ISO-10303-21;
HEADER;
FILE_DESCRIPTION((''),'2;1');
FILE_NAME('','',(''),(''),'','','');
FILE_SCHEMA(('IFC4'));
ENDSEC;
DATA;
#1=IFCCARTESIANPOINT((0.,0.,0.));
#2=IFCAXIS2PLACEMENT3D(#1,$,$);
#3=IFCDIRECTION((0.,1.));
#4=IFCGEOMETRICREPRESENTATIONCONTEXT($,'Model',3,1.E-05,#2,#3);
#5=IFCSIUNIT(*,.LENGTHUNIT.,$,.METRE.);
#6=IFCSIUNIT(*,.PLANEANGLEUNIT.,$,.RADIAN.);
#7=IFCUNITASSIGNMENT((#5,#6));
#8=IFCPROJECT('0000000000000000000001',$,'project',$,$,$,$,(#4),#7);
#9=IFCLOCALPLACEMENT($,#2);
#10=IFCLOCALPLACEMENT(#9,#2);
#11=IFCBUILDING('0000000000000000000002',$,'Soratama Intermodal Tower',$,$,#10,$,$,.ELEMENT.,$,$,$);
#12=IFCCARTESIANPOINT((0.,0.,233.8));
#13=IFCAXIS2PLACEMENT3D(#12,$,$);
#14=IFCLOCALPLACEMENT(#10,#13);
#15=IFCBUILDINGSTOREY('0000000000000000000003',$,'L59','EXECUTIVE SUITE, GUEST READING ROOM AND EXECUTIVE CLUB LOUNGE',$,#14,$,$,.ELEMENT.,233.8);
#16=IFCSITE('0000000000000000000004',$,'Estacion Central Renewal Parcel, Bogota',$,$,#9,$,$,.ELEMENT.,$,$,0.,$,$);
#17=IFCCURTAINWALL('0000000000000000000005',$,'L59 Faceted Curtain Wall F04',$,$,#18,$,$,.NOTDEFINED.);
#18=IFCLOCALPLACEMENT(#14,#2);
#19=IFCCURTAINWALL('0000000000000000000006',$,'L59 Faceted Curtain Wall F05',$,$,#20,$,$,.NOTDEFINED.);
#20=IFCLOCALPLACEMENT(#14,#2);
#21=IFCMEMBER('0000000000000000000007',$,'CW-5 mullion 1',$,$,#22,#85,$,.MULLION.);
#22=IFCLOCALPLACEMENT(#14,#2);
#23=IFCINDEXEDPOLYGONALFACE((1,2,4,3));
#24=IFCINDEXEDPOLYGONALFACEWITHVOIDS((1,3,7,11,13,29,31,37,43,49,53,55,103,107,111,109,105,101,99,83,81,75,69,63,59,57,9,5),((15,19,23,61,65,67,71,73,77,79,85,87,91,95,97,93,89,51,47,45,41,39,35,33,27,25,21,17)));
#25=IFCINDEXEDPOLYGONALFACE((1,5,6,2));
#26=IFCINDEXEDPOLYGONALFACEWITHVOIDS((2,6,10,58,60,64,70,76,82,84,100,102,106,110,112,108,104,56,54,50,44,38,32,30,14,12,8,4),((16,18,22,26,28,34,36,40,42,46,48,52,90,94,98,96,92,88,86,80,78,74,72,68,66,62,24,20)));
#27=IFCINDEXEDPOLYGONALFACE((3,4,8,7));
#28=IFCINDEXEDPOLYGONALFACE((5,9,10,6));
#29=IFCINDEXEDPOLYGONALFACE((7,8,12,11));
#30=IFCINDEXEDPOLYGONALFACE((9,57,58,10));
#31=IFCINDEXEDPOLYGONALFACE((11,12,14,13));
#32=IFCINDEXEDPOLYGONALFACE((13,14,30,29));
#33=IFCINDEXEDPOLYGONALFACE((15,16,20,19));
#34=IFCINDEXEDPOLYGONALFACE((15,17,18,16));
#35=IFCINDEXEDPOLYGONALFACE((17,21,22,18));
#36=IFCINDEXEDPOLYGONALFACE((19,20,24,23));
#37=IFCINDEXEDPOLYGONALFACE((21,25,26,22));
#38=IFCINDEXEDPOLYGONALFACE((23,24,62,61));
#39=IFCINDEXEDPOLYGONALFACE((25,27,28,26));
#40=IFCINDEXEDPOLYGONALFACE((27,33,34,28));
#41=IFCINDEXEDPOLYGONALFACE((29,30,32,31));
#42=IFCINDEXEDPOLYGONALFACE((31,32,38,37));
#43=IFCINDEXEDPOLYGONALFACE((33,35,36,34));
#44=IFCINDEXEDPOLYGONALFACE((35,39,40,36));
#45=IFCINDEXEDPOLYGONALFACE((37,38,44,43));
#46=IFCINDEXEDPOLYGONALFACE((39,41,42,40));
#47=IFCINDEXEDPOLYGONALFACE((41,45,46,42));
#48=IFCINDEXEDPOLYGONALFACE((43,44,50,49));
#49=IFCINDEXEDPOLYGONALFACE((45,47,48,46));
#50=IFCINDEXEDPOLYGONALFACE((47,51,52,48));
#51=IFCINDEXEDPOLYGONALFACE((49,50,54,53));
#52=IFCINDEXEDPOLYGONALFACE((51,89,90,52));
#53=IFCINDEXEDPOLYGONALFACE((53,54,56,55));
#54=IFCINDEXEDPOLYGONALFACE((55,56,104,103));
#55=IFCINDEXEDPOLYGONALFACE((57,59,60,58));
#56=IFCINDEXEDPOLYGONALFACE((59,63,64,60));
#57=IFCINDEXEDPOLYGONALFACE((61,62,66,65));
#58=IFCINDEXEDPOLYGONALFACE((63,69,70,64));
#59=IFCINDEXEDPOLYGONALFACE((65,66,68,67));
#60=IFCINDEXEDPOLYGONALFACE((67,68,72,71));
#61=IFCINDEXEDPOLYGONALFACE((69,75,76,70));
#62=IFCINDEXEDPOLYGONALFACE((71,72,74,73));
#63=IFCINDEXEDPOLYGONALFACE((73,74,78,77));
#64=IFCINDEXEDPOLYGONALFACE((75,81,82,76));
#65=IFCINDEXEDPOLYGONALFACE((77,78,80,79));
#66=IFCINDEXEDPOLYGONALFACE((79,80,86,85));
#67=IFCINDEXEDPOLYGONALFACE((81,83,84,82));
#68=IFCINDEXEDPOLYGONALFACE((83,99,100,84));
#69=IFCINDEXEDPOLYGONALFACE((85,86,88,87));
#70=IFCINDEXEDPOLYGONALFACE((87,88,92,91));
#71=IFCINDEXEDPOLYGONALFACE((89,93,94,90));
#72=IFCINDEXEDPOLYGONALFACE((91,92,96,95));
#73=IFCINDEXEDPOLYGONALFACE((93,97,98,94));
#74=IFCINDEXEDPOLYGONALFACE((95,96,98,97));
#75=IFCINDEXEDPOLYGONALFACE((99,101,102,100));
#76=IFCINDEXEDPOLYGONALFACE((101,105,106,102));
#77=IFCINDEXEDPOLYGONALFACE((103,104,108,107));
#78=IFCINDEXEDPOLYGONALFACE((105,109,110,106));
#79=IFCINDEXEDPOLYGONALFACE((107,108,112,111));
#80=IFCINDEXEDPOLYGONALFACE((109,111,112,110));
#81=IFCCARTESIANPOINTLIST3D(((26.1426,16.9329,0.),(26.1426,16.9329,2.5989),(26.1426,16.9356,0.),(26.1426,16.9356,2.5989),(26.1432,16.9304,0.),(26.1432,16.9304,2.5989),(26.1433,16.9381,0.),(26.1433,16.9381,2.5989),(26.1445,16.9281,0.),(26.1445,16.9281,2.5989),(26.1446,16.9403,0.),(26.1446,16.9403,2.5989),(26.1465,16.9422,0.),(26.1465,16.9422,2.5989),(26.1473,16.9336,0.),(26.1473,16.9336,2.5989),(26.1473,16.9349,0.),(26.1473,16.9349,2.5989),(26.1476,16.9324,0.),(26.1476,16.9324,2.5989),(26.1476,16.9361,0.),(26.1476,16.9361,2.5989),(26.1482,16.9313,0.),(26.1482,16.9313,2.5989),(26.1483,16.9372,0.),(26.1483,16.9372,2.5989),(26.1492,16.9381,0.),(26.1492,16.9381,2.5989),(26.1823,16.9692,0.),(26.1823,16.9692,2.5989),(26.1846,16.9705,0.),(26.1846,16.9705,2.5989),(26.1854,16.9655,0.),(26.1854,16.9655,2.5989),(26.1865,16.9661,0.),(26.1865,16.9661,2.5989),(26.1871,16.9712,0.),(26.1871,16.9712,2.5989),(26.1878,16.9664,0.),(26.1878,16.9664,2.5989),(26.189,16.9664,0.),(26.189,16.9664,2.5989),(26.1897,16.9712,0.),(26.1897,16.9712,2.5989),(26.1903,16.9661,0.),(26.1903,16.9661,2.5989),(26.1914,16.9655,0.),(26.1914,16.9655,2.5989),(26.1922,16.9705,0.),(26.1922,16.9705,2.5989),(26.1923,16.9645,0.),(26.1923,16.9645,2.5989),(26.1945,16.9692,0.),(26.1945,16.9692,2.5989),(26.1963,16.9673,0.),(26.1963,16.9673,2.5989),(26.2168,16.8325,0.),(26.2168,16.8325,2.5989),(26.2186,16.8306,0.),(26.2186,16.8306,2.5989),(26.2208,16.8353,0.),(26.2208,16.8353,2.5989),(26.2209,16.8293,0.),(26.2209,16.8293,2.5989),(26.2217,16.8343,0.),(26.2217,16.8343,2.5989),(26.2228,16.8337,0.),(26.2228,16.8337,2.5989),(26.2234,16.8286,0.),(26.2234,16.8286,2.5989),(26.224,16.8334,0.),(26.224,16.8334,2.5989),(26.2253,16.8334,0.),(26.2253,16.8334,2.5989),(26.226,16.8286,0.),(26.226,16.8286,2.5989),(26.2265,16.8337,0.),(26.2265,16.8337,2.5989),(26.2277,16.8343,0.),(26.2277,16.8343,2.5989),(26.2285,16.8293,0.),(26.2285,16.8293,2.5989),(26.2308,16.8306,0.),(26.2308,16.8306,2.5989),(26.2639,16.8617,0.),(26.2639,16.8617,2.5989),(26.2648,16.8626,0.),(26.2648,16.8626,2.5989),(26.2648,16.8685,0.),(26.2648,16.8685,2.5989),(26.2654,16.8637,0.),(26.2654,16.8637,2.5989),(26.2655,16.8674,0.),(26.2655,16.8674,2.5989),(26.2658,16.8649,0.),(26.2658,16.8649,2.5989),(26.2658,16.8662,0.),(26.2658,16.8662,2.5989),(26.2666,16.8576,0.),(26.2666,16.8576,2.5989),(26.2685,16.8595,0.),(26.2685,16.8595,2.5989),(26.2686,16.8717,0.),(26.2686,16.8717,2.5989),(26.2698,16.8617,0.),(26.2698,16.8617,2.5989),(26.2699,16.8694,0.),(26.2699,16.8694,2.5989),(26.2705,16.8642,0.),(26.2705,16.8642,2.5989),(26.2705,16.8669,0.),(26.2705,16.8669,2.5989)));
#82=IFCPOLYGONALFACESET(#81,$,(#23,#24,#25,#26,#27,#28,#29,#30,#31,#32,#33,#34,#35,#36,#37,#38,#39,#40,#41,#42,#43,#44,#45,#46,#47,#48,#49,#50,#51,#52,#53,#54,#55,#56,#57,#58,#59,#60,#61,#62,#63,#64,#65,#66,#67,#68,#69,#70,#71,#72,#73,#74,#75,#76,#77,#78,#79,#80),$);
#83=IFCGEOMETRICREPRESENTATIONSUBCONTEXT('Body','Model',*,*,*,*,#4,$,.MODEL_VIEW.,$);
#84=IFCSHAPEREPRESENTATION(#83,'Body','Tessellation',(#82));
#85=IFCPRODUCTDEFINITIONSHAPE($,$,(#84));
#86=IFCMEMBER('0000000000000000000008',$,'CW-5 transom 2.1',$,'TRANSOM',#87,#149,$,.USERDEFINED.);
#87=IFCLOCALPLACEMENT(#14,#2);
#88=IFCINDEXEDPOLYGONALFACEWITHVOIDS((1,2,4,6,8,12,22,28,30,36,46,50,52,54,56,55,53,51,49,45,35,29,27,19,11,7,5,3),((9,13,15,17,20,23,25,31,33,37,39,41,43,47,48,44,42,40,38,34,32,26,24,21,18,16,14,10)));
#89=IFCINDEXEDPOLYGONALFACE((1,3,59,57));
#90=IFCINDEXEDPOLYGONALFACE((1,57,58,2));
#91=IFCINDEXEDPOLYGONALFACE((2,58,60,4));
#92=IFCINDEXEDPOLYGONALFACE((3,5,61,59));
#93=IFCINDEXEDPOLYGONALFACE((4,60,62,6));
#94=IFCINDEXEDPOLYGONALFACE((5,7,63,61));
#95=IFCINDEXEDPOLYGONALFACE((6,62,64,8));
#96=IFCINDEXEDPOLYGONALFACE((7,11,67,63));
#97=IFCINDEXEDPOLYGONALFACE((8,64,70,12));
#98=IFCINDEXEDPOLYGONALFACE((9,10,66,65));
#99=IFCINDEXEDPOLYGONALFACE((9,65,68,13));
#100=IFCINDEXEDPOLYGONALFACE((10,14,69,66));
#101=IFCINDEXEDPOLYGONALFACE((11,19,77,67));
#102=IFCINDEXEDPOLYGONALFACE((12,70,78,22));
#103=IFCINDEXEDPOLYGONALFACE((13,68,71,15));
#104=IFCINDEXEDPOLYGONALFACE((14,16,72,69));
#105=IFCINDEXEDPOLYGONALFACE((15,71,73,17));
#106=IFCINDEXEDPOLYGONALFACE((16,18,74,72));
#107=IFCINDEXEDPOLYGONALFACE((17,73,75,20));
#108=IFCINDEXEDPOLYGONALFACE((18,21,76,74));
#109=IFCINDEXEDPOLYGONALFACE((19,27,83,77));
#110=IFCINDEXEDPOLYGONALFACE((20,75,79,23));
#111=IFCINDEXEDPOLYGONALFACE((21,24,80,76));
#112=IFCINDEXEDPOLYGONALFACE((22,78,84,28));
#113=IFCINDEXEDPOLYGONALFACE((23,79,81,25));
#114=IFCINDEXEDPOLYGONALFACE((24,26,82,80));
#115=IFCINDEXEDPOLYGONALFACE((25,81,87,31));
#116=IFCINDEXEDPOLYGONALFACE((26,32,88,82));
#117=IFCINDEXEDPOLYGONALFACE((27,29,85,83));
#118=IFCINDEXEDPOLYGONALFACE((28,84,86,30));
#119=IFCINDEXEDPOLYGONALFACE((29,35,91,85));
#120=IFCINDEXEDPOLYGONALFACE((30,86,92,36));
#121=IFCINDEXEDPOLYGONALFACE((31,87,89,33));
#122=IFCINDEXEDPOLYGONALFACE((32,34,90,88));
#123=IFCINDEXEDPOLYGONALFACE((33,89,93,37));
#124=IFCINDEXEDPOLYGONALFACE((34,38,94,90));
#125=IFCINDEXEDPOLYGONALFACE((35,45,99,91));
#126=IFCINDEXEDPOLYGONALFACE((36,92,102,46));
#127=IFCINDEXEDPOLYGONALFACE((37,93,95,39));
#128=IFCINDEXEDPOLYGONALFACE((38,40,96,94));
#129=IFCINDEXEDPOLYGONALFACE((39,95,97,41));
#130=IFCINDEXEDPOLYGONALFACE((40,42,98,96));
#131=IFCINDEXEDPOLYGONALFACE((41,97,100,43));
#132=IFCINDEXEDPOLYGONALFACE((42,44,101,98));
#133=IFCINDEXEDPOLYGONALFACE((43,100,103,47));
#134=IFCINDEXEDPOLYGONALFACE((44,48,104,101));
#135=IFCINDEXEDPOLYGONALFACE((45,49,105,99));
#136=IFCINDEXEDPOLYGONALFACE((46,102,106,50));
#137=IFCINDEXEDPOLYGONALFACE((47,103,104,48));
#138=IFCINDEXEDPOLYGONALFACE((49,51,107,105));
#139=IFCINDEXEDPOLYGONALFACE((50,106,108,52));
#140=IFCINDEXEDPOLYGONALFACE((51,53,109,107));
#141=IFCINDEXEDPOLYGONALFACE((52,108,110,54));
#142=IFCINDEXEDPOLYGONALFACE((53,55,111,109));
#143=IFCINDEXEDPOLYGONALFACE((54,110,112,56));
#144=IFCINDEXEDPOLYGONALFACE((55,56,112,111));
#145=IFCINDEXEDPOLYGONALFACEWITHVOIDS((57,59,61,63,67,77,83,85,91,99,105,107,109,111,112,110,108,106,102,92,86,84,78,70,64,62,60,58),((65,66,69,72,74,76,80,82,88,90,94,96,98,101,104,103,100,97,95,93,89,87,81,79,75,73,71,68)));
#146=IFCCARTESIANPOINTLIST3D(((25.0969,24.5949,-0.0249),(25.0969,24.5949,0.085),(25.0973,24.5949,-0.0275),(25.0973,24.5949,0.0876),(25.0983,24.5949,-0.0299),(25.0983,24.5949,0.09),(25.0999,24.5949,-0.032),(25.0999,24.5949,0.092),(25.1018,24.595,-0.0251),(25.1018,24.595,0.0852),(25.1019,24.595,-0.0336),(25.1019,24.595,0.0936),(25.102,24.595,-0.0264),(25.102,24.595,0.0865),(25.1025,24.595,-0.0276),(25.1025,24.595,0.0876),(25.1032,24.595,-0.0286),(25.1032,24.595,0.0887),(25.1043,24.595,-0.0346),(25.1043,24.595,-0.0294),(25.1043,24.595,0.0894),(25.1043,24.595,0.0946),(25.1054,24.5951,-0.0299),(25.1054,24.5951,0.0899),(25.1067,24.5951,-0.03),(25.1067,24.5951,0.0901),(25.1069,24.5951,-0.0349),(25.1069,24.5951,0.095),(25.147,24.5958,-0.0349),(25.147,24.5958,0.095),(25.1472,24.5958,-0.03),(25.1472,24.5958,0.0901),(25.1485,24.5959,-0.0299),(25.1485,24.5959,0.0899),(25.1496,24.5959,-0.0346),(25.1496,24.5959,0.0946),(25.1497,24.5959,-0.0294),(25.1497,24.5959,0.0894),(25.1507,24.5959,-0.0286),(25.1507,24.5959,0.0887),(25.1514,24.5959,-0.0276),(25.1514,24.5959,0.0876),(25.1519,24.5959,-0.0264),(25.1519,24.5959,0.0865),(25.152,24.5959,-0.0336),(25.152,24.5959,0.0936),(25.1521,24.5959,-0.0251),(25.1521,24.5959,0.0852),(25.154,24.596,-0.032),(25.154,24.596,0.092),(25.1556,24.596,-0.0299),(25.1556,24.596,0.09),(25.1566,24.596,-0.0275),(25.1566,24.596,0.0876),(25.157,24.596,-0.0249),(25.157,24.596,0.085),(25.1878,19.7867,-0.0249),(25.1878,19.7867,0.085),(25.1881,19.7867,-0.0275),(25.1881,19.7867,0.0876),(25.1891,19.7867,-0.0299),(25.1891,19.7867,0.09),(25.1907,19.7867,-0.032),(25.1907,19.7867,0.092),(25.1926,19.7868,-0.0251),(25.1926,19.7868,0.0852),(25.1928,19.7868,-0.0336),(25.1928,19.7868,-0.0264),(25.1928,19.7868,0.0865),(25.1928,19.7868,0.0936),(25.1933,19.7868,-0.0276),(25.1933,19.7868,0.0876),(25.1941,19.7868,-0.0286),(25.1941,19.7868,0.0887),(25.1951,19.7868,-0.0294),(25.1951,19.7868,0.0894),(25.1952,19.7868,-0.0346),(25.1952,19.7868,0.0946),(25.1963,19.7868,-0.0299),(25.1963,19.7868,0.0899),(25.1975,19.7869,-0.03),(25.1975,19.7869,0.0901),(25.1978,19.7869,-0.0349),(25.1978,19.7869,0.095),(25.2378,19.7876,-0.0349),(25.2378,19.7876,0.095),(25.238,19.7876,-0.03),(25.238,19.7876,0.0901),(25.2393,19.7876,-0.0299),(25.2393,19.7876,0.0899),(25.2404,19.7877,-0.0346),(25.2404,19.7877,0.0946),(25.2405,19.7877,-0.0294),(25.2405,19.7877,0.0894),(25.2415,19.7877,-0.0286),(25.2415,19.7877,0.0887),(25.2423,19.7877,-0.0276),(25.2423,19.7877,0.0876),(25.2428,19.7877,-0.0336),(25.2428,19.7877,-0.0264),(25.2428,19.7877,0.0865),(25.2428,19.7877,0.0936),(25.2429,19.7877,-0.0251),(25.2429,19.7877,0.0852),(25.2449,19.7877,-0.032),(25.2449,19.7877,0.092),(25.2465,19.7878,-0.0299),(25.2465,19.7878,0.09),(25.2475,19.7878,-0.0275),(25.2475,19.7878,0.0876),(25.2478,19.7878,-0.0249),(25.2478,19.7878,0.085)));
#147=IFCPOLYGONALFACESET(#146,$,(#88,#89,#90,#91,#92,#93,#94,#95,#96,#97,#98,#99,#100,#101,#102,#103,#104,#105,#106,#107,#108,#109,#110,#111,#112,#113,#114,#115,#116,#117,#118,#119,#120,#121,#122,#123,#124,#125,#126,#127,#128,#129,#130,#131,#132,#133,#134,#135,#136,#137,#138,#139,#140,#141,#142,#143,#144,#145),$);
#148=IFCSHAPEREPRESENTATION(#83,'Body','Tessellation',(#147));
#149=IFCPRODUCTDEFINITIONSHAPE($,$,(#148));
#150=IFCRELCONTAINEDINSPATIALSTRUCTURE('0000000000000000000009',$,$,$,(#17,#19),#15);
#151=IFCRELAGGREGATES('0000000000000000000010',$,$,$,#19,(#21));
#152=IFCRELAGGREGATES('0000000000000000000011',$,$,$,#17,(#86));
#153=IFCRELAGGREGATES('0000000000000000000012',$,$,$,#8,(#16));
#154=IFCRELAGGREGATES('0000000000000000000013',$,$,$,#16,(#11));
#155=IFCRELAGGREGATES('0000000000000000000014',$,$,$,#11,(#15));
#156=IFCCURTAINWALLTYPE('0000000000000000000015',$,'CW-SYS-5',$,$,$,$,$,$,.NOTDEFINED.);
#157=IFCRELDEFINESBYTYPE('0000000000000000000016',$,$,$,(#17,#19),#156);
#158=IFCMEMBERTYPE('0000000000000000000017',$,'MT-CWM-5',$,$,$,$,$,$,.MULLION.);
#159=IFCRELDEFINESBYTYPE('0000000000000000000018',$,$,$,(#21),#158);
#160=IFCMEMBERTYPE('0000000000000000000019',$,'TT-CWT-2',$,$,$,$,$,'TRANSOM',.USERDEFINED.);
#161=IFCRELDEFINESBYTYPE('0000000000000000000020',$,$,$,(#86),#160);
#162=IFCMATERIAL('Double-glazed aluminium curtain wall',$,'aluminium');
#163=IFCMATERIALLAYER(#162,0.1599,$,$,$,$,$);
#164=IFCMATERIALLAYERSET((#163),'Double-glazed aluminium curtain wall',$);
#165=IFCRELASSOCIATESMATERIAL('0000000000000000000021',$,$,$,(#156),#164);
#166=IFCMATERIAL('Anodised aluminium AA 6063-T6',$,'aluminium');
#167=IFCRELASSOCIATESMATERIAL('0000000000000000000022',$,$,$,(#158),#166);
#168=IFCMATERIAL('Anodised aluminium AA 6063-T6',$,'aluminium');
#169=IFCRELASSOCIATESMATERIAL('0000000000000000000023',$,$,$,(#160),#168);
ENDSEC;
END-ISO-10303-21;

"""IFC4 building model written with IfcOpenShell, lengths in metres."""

from ifc_helpers import new_model, si_unit, direction, frame, origin, origin_2d, place, context, subcontext, project, spatial, hollow_rectangle, extrude, material, layer, layer_set, material_profile, profile_set, type_object, element, aggregate, save


model = new_model("IFC4")

# Units and contexts
model_context = context("Model", 3, precision=1e-05, world=origin(), true_north=direction((0.0, 1.0)))
body_context = subcontext(model_context, "Body", "Model", "MODEL_VIEW")
ifc_project = project(units=[si_unit("LENGTHUNIT", "METRE"), si_unit("PLANEANGLEUNIT", "RADIAN")], contexts=[model_context])

# Site, building, storey
site_placement = place(None, origin())
site = spatial("IfcSite", under=ifc_project, at=site_placement, Name="Estacion Central Renewal Parcel, Bogota", CompositionType="ELEMENT", RefElevation=0.0)
building_placement = place(site_placement, origin())
building = spatial("IfcBuilding", under=site, at=building_placement, Name="Soratama Intermodal Tower", CompositionType="ELEMENT")
storey_placement = place(building_placement, frame((0.0, 0.0, 233.8)))
storey = spatial("IfcBuildingStorey", under=building, at=storey_placement, Name="L59", Description="EXECUTIVE SUITE, GUEST READING ROOM AND EXECUTIVE CLUB LOUNGE", CompositionType="ELEMENT", Elevation=233.8)

# Curtain walls, member
ifc_material_1 = material(Name="Double-glazed aluminium curtain wall", Category="aluminium")
ifc_layer_1 = layer(ifc_material_1, 0.1599)
ifc_layer_set_1 = layer_set([ifc_layer_1], Name="Double-glazed aluminium curtain wall")
curtain_wall_type = type_object("IfcCurtainWallType", Name="CW-SYS-5", PredefinedType="NOTDEFINED", material=ifc_layer_set_1)
curtain_wall_1_placement = place(storey_placement, origin())
curtain_wall_1 = element("IfcCurtainWall", 1, at=curtain_wall_1_placement, inside=storey, type_object=curtain_wall_type, Name="L59 Faceted Curtain Wall F04", PredefinedType="NOTDEFINED")
ifc_material_2 = material(Name="Anodised aluminium AA 6063-T6", Category="aluminium")
ifc_material_profile_1 = material_profile(ifc_material_2, hollow_rectangle(XDim=0.0649, YDim=0.1399, WallThickness=0.0049, InnerFilletRadius=0.0049, OuterFilletRadius=0.01, at=origin_2d()), Name="CWM140X65X5")
ifc_profile_set_1 = profile_set([ifc_material_profile_1], Name="Anodised aluminium AA 6063-T6")
member_type_1 = type_object("IfcMemberType", Name="MT-CWM-5", PredefinedType="MULLION", material=ifc_profile_set_1)
curtain_wall_2_placement = place(storey_placement, origin())
curtain_wall_2 = element("IfcCurtainWall", 2, at=curtain_wall_2_placement, inside=storey, type_object=curtain_wall_type, Name="L59 Faceted Curtain Wall F05", PredefinedType="NOTDEFINED")
member_1_placement = place(storey_placement, frame((26.2065, 16.8999, 0.0), z_axis=(0.0, 0.0, 1.0), x_axis=(0.797794, 0.602931, 0.0)))
member_1 = element("IfcMember", 3, at=member_1_placement, type_object=member_type_1, Name="CW-5 mullion 1", PredefinedType="MULLION", context=body_context, shape_type="SweptSolid", body=[
    extrude(hollow_rectangle(XDim=0.0649, YDim=0.1399, WallThickness=0.0049, InnerFilletRadius=0.0049, OuterFilletRadius=0.01, at=origin_2d()), origin(), (0.0, 0.0, 1.0), 2.5989),
])

# Member
ifc_material_3 = material(Name="Anodised aluminium AA 6063-T6", Category="aluminium")
ifc_material_profile_2 = material_profile(ifc_material_3, hollow_rectangle(XDim=0.0601, YDim=0.1299, WallThickness=0.0049, InnerFilletRadius=0.0049, OuterFilletRadius=0.01, at=origin_2d()), Name="CWT130X60X5")
ifc_profile_set_2 = profile_set([ifc_material_profile_2], Name="Anodised aluminium AA 6063-T6")
member_type_2 = type_object("IfcMemberType", Name="TT-CWT-2", ElementType="TRANSOM", PredefinedType="USERDEFINED", material=ifc_profile_set_2)
member_2_placement = place(storey_placement, frame((25.127, 24.5955, 0.03), z_axis=(0.018886, -0.999822, 0.0), x_axis=(0.999822, 0.018886, 0.0)))
member_2 = element("IfcMember", 4, at=member_2_placement, type_object=member_type_2, Name="CW-5 transom 2.1", ObjectType="TRANSOM", PredefinedType="USERDEFINED", context=body_context, shape_type="SweptSolid", body=[
    extrude(hollow_rectangle(XDim=0.0601, YDim=0.1299, WallThickness=0.0049, InnerFilletRadius=0.0049, OuterFilletRadius=0.01, at=origin_2d()), origin(), (0.0, 0.0, 1.0), 4.8091),
])
aggregate(curtain_wall_2, [member_1])

aggregate(curtain_wall_1, [member_2])

save(model, "model.ifc")
